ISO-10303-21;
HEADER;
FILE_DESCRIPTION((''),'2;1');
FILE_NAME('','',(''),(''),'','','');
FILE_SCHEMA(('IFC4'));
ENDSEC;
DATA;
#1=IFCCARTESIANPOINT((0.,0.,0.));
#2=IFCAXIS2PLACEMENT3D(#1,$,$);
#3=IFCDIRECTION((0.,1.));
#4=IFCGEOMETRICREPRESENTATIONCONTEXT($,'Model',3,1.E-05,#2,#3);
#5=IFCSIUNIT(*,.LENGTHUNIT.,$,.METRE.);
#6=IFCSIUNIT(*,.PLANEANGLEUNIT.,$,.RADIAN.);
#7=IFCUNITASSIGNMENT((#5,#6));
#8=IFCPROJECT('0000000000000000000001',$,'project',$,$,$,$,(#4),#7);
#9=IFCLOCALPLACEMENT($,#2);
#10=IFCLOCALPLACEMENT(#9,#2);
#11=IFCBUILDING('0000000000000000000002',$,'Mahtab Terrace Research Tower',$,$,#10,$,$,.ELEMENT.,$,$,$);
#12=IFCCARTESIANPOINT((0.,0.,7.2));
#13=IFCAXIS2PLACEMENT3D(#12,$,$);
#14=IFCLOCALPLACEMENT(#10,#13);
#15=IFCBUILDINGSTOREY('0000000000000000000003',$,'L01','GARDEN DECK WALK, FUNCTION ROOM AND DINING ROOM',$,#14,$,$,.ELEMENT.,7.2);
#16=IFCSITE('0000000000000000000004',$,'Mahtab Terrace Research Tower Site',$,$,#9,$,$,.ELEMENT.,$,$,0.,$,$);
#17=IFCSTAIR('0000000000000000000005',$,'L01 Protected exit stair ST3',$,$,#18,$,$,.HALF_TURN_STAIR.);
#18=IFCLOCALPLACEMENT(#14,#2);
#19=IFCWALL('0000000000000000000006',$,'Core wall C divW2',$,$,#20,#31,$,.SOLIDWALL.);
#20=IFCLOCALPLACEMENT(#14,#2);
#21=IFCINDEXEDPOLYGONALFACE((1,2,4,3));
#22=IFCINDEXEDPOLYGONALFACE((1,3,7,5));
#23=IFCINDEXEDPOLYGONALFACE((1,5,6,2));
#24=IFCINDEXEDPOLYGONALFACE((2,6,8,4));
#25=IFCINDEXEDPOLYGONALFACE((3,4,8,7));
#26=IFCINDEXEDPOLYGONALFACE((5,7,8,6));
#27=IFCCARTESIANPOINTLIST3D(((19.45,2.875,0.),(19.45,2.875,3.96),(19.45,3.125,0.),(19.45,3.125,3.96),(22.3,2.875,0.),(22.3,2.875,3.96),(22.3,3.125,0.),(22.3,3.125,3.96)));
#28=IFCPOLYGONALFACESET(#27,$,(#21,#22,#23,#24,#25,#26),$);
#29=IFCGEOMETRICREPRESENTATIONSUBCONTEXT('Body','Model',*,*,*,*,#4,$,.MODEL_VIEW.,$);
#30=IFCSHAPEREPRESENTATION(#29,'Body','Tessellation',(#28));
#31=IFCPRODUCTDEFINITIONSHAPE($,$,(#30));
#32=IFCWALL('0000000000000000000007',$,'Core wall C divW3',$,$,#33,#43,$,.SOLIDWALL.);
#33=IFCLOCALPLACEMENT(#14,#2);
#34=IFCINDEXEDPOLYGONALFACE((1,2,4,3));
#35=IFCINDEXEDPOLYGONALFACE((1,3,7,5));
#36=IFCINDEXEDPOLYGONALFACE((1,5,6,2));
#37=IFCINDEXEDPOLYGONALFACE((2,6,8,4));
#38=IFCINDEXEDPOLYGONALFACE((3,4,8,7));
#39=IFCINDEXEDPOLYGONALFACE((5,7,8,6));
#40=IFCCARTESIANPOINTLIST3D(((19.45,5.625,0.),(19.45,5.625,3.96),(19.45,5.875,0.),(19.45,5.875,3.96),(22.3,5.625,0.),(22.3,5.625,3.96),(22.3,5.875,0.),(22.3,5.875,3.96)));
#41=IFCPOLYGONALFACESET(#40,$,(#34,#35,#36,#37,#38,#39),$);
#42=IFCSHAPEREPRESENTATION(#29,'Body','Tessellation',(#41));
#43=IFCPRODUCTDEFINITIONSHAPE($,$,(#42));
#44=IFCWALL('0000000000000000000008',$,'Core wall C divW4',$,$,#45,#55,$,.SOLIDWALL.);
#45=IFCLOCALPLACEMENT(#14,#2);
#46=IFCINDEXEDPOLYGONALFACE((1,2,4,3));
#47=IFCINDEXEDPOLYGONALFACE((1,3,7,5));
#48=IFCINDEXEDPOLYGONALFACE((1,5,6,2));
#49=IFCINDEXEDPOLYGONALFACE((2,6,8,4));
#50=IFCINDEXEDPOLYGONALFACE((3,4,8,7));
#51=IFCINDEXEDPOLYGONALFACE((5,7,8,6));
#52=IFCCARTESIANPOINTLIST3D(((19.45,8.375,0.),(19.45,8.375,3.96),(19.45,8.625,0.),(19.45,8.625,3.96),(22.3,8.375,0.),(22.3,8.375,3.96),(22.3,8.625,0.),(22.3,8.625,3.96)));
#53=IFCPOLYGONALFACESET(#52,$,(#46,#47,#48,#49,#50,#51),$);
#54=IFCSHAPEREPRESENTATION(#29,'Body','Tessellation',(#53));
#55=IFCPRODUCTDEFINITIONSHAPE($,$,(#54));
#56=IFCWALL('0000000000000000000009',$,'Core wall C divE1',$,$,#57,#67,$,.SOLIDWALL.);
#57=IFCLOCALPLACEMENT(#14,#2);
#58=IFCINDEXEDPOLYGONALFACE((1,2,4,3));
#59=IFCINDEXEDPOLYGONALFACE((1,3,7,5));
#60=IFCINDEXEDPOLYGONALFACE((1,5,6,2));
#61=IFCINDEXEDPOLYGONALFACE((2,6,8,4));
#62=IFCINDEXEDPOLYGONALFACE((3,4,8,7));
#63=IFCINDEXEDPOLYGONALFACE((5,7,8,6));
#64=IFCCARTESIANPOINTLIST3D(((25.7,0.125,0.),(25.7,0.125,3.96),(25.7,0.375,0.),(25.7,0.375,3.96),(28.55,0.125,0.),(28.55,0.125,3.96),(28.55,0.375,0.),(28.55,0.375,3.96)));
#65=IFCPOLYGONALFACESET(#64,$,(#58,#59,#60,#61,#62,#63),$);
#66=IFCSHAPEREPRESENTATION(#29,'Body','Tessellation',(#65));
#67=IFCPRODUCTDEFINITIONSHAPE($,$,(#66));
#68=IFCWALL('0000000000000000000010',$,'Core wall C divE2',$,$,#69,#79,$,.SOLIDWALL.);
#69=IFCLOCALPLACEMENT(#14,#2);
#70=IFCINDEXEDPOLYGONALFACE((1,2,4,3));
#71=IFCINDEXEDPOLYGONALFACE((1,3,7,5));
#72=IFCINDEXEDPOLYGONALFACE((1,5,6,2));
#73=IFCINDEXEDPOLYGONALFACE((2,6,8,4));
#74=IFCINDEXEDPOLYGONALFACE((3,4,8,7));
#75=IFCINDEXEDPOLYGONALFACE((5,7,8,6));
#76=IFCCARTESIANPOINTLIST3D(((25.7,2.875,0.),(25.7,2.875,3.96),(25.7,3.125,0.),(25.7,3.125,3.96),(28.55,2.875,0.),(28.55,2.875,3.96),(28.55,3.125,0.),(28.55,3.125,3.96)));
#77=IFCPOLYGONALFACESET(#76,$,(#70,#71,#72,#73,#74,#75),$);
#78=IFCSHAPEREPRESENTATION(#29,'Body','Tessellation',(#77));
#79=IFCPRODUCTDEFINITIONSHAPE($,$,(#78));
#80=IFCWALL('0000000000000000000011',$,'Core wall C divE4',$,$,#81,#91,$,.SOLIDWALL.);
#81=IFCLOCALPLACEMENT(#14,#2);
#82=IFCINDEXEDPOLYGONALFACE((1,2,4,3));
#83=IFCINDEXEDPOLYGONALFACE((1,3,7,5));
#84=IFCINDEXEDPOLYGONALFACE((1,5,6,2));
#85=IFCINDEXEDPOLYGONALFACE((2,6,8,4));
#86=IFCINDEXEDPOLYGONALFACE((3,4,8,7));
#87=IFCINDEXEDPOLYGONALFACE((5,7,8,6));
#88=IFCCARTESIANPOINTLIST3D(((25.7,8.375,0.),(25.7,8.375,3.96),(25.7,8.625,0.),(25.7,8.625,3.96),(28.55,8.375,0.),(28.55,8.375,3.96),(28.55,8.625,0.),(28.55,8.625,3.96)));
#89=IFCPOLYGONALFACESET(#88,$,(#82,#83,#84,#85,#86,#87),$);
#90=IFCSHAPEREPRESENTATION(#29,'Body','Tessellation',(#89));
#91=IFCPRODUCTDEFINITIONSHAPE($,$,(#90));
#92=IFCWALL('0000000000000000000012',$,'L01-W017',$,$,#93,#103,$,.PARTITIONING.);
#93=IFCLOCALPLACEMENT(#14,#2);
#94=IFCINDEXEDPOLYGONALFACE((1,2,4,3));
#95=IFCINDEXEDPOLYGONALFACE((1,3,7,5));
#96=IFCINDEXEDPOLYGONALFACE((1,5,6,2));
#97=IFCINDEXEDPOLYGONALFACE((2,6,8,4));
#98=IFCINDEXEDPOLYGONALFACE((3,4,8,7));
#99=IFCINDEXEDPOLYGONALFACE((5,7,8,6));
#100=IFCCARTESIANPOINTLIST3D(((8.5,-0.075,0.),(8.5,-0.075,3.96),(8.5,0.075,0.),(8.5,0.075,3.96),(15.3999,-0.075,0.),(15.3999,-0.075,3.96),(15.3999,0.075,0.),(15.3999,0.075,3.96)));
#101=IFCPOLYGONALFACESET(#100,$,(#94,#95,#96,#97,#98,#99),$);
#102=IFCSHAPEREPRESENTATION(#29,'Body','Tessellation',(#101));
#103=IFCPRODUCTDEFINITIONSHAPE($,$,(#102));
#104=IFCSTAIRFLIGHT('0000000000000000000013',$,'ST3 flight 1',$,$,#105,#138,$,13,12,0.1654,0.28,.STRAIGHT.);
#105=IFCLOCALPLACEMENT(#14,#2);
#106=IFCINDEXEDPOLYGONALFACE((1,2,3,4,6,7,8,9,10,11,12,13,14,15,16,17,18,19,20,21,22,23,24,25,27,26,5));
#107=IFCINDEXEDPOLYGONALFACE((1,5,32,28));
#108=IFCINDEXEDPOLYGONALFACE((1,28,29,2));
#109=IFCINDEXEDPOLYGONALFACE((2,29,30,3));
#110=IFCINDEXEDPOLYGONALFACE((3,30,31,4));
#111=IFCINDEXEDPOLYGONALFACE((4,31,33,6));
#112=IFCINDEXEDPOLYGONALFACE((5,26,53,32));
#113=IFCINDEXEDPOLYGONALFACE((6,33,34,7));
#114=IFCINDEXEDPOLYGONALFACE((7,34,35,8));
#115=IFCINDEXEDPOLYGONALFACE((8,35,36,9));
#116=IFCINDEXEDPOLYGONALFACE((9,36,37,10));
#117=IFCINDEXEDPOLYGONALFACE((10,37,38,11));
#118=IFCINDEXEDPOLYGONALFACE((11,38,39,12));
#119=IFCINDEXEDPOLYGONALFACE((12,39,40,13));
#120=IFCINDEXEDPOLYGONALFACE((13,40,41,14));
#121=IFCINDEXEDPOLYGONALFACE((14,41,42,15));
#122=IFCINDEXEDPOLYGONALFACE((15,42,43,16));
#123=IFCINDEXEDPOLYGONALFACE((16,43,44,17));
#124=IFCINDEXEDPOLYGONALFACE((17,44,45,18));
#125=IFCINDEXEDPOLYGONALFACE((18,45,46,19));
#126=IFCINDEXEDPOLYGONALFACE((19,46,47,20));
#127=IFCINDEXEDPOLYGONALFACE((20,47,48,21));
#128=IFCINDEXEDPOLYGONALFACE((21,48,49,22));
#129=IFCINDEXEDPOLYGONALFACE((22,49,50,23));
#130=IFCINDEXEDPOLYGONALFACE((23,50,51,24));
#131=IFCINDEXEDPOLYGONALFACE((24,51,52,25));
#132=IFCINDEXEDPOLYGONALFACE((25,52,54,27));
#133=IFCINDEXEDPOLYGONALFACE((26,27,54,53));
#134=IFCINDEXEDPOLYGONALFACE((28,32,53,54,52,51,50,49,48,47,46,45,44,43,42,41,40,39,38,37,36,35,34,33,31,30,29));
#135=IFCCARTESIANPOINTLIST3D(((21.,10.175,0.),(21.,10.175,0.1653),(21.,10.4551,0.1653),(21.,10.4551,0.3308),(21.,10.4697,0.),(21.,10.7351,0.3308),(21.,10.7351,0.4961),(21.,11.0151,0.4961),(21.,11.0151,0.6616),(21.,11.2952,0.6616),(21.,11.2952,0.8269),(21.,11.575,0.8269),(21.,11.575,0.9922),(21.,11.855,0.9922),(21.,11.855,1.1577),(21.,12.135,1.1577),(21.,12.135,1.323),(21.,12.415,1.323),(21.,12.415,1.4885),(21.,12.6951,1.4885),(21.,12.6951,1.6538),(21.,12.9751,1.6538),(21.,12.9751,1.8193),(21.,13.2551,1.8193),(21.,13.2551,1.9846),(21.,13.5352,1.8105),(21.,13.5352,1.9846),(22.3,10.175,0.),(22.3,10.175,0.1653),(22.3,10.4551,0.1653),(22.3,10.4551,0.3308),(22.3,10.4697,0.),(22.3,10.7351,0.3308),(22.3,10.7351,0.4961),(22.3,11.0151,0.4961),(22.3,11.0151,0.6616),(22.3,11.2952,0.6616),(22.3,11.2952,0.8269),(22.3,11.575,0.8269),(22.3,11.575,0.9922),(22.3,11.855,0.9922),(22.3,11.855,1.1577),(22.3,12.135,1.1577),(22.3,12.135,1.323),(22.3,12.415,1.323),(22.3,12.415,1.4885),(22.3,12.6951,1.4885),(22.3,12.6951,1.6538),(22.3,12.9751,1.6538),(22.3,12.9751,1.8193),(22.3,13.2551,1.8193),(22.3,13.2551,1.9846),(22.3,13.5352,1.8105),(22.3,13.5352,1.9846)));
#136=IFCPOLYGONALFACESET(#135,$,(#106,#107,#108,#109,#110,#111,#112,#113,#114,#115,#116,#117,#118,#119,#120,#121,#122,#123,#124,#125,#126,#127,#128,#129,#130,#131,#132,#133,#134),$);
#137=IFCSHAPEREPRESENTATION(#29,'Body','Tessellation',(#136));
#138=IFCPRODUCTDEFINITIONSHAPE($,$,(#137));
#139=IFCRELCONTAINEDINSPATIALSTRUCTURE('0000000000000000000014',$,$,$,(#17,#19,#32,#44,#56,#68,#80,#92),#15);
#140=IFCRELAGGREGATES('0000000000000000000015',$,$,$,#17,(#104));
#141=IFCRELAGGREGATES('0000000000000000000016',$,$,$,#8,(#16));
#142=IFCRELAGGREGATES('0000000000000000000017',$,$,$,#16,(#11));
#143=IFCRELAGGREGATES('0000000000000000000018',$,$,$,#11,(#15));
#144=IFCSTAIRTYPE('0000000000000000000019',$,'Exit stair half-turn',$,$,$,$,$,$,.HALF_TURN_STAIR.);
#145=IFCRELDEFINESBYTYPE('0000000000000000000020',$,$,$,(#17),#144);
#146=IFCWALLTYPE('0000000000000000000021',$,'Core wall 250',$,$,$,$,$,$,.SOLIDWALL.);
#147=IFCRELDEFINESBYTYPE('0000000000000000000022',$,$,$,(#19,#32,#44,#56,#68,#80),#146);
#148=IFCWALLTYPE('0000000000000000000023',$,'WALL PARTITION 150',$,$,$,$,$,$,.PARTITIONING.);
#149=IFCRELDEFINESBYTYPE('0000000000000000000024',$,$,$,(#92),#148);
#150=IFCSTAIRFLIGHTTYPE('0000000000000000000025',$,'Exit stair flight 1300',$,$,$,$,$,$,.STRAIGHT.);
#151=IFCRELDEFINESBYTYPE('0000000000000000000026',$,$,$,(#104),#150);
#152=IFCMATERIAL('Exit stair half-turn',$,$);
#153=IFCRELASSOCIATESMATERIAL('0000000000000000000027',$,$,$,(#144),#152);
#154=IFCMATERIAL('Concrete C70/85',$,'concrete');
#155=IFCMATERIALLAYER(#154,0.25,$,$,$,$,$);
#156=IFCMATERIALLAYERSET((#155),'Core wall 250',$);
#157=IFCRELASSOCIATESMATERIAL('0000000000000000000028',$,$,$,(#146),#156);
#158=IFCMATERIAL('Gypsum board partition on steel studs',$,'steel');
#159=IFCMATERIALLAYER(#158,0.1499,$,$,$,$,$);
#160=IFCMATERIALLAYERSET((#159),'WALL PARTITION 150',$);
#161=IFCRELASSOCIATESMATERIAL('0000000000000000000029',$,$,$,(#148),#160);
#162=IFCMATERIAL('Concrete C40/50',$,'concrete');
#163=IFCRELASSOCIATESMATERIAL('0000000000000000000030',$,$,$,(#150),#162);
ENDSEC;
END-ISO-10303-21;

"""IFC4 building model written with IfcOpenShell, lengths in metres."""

from ifc_helpers import new_model, si_unit, direction, frame, frame_2d, origin, place, context, subcontext, project, spatial, polyline, rectangle, outline, extrude, material, layer, layer_set, type_object, element, aggregate, save


model = new_model("IFC4")

# Units and contexts
model_context = context("Model", 3, precision=1e-05, world=origin(), true_north=direction((0.0, 1.0)))
body_context = subcontext(model_context, "Body", "Model", "MODEL_VIEW")
ifc_project = project(units=[si_unit("LENGTHUNIT", "METRE"), si_unit("PLANEANGLEUNIT", "RADIAN")], contexts=[model_context])

# Site, building, storey
site_placement = place(None, origin())
site = spatial("IfcSite", under=ifc_project, at=site_placement, Name="Mahtab Terrace Research Tower Site", CompositionType="ELEMENT", RefElevation=0.0)
building_placement = place(site_placement, origin())
building = spatial("IfcBuilding", under=site, at=building_placement, Name="Mahtab Terrace Research Tower", CompositionType="ELEMENT")
storey_placement = place(building_placement, frame((0.0, 0.0, 7.2)))
storey = spatial("IfcBuildingStorey", under=building, at=storey_placement, Name="L01", Description="GARDEN DECK WALK, FUNCTION ROOM AND DINING ROOM", CompositionType="ELEMENT", Elevation=7.2)

# Shared definitions
ifc_material_1 = material(Name="Concrete C70/85", Category="concrete")

# Shared definitions
ifc_material_2 = material(Name="Concrete C40/50", Category="concrete")

# Stair
ifc_material_3 = material(Name="Exit stair half-turn")
stair_type = type_object("IfcStairType", Name="Exit stair half-turn", PredefinedType="HALF_TURN_STAIR", material=ifc_material_3)
stair_1_placement = place(storey_placement, origin())
stair_1 = element("IfcStair", 1, at=stair_1_placement, inside=storey, type_object=stair_type, Name="L01 Protected exit stair ST3", PredefinedType="HALF_TURN_STAIR")

# Walls
ifc_layer_1 = layer(ifc_material_1, 0.25)
ifc_layer_set_1 = layer_set([ifc_layer_1], Name="Core wall 250")
wall_type_1 = type_object("IfcWallType", Name="Core wall 250", PredefinedType="SOLIDWALL", material=ifc_layer_set_1)
for number, where, z_axis, x_axis, name in (
    (2, (19.45, 3.0, 0.0), (0.0, 0.0, 1.0), (1.0, 0.0, 0.0), "Core wall C divW2"),
    (3, (19.45, 5.75, 0.0), (0.0, 0.0, 1.0), (1.0, 0.0, 0.0), "Core wall C divW3"),
    (4, (19.45, 8.5, 0.0), (0.0, 0.0, 1.0), (1.0, 0.0, 0.0), "Core wall C divW4"),
    (5, (25.7, 0.25, 0.0), (0.0, 0.0, 1.0), (1.0, 0.0, 0.0), "Core wall C divE1"),
    (6, (25.7, 3.0, 0.0), (0.0, 0.0, 1.0), (1.0, 0.0, 0.0), "Core wall C divE2"),
    (7, (25.7, 8.5, 0.0), (0.0, 0.0, 1.0), (1.0, 0.0, 0.0), "Core wall C divE4"),
):
    element("IfcWall", number, at=place(storey_placement, frame(where, z_axis=z_axis, x_axis=x_axis)), inside=storey, type_object=wall_type_1, Name=name, PredefinedType="SOLIDWALL", context=body_context, shape_type="SweptSolid", body=[
        extrude(rectangle(XDim=2.8501, YDim=0.25, at=frame_2d((1.425, 0.0))), origin(), (0.0, 0.0, 1.0), 3.96),
    ])
ifc_material_4 = material(Name="Gypsum board partition on steel studs", Category="steel")
ifc_layer_2 = layer(ifc_material_4, 0.1499)
ifc_layer_set_2 = layer_set([ifc_layer_2], Name="WALL PARTITION 150")
wall_type_2 = type_object("IfcWallType", Name="WALL PARTITION 150", PredefinedType="PARTITIONING", material=ifc_layer_set_2)
wall_1_placement = place(storey_placement, frame((8.5, 0.0, 0.0), z_axis=(0.0, 0.0, 1.0), x_axis=(1.0, 0.0, 0.0)))
element("IfcWall", 8, at=wall_1_placement, inside=storey, type_object=wall_type_2, Name="L01-W017", PredefinedType="PARTITIONING", context=body_context, shape_type="SweptSolid", body=[
    extrude(rectangle(XDim=6.8999, YDim=0.1499, at=frame_2d((3.45, 0.0))), origin(), (0.0, 0.0, 1.0), 3.96),
])

# Stair flight
stair_flight_type = type_object("IfcStairFlightType", Name="Exit stair flight 1300", PredefinedType="STRAIGHT", material=ifc_material_2)
stair_flight_placement = place(storey_placement, frame((21.6499, 10.175, 0.0), z_axis=(0.0, 0.0, 1.0), x_axis=(0.0, 1.0, 0.0)))
stair_flight = element("IfcStairFlight", 9, at=stair_flight_placement, type_object=stair_flight_type, Name="ST3 flight 1", NumberOfRisers=13, NumberOfTreads=12, PredefinedType="STRAIGHT", RiserHeight=0.1654, TreadLength=0.28, context=body_context, shape_type="SweptSolid", body=[
    extrude(outline(polyline([(0.0, 0.0), (0.0, 0.1653), (0.28, 0.1653), (0.28, 0.3308), (0.5601, 0.3308), (0.5601, 0.4961), (0.8401, 0.4961), (0.8401, 0.6616), (1.1201, 0.6616), (1.1201, 0.8269), (1.3999, 0.8269), (1.3999, 0.9922), (1.6799, 0.9922), (1.6799, 1.1577), (1.96, 1.1577), (1.96, 1.323), (2.24, 1.323), (2.24, 1.4885), (2.52, 1.4885), (2.52, 1.6538), (2.8, 1.6538), (2.8, 1.8193), (3.0801, 1.8193), (3.0801, 1.9846), (3.3601, 1.9846), (3.3601, 2.1499), (3.3601, 1.8105), (0.2947, 0.0), (0.0, 0.0)])), frame((0.0, 0.6499, 0.0), z_axis=(0.0, -1.0, 0.0), x_axis=(1.0, 0.0, 0.0)), (0.0, 0.0, 1.0), 1.3),
])
aggregate(stair_1, [stair_flight])

save(model, "model.ifc")
